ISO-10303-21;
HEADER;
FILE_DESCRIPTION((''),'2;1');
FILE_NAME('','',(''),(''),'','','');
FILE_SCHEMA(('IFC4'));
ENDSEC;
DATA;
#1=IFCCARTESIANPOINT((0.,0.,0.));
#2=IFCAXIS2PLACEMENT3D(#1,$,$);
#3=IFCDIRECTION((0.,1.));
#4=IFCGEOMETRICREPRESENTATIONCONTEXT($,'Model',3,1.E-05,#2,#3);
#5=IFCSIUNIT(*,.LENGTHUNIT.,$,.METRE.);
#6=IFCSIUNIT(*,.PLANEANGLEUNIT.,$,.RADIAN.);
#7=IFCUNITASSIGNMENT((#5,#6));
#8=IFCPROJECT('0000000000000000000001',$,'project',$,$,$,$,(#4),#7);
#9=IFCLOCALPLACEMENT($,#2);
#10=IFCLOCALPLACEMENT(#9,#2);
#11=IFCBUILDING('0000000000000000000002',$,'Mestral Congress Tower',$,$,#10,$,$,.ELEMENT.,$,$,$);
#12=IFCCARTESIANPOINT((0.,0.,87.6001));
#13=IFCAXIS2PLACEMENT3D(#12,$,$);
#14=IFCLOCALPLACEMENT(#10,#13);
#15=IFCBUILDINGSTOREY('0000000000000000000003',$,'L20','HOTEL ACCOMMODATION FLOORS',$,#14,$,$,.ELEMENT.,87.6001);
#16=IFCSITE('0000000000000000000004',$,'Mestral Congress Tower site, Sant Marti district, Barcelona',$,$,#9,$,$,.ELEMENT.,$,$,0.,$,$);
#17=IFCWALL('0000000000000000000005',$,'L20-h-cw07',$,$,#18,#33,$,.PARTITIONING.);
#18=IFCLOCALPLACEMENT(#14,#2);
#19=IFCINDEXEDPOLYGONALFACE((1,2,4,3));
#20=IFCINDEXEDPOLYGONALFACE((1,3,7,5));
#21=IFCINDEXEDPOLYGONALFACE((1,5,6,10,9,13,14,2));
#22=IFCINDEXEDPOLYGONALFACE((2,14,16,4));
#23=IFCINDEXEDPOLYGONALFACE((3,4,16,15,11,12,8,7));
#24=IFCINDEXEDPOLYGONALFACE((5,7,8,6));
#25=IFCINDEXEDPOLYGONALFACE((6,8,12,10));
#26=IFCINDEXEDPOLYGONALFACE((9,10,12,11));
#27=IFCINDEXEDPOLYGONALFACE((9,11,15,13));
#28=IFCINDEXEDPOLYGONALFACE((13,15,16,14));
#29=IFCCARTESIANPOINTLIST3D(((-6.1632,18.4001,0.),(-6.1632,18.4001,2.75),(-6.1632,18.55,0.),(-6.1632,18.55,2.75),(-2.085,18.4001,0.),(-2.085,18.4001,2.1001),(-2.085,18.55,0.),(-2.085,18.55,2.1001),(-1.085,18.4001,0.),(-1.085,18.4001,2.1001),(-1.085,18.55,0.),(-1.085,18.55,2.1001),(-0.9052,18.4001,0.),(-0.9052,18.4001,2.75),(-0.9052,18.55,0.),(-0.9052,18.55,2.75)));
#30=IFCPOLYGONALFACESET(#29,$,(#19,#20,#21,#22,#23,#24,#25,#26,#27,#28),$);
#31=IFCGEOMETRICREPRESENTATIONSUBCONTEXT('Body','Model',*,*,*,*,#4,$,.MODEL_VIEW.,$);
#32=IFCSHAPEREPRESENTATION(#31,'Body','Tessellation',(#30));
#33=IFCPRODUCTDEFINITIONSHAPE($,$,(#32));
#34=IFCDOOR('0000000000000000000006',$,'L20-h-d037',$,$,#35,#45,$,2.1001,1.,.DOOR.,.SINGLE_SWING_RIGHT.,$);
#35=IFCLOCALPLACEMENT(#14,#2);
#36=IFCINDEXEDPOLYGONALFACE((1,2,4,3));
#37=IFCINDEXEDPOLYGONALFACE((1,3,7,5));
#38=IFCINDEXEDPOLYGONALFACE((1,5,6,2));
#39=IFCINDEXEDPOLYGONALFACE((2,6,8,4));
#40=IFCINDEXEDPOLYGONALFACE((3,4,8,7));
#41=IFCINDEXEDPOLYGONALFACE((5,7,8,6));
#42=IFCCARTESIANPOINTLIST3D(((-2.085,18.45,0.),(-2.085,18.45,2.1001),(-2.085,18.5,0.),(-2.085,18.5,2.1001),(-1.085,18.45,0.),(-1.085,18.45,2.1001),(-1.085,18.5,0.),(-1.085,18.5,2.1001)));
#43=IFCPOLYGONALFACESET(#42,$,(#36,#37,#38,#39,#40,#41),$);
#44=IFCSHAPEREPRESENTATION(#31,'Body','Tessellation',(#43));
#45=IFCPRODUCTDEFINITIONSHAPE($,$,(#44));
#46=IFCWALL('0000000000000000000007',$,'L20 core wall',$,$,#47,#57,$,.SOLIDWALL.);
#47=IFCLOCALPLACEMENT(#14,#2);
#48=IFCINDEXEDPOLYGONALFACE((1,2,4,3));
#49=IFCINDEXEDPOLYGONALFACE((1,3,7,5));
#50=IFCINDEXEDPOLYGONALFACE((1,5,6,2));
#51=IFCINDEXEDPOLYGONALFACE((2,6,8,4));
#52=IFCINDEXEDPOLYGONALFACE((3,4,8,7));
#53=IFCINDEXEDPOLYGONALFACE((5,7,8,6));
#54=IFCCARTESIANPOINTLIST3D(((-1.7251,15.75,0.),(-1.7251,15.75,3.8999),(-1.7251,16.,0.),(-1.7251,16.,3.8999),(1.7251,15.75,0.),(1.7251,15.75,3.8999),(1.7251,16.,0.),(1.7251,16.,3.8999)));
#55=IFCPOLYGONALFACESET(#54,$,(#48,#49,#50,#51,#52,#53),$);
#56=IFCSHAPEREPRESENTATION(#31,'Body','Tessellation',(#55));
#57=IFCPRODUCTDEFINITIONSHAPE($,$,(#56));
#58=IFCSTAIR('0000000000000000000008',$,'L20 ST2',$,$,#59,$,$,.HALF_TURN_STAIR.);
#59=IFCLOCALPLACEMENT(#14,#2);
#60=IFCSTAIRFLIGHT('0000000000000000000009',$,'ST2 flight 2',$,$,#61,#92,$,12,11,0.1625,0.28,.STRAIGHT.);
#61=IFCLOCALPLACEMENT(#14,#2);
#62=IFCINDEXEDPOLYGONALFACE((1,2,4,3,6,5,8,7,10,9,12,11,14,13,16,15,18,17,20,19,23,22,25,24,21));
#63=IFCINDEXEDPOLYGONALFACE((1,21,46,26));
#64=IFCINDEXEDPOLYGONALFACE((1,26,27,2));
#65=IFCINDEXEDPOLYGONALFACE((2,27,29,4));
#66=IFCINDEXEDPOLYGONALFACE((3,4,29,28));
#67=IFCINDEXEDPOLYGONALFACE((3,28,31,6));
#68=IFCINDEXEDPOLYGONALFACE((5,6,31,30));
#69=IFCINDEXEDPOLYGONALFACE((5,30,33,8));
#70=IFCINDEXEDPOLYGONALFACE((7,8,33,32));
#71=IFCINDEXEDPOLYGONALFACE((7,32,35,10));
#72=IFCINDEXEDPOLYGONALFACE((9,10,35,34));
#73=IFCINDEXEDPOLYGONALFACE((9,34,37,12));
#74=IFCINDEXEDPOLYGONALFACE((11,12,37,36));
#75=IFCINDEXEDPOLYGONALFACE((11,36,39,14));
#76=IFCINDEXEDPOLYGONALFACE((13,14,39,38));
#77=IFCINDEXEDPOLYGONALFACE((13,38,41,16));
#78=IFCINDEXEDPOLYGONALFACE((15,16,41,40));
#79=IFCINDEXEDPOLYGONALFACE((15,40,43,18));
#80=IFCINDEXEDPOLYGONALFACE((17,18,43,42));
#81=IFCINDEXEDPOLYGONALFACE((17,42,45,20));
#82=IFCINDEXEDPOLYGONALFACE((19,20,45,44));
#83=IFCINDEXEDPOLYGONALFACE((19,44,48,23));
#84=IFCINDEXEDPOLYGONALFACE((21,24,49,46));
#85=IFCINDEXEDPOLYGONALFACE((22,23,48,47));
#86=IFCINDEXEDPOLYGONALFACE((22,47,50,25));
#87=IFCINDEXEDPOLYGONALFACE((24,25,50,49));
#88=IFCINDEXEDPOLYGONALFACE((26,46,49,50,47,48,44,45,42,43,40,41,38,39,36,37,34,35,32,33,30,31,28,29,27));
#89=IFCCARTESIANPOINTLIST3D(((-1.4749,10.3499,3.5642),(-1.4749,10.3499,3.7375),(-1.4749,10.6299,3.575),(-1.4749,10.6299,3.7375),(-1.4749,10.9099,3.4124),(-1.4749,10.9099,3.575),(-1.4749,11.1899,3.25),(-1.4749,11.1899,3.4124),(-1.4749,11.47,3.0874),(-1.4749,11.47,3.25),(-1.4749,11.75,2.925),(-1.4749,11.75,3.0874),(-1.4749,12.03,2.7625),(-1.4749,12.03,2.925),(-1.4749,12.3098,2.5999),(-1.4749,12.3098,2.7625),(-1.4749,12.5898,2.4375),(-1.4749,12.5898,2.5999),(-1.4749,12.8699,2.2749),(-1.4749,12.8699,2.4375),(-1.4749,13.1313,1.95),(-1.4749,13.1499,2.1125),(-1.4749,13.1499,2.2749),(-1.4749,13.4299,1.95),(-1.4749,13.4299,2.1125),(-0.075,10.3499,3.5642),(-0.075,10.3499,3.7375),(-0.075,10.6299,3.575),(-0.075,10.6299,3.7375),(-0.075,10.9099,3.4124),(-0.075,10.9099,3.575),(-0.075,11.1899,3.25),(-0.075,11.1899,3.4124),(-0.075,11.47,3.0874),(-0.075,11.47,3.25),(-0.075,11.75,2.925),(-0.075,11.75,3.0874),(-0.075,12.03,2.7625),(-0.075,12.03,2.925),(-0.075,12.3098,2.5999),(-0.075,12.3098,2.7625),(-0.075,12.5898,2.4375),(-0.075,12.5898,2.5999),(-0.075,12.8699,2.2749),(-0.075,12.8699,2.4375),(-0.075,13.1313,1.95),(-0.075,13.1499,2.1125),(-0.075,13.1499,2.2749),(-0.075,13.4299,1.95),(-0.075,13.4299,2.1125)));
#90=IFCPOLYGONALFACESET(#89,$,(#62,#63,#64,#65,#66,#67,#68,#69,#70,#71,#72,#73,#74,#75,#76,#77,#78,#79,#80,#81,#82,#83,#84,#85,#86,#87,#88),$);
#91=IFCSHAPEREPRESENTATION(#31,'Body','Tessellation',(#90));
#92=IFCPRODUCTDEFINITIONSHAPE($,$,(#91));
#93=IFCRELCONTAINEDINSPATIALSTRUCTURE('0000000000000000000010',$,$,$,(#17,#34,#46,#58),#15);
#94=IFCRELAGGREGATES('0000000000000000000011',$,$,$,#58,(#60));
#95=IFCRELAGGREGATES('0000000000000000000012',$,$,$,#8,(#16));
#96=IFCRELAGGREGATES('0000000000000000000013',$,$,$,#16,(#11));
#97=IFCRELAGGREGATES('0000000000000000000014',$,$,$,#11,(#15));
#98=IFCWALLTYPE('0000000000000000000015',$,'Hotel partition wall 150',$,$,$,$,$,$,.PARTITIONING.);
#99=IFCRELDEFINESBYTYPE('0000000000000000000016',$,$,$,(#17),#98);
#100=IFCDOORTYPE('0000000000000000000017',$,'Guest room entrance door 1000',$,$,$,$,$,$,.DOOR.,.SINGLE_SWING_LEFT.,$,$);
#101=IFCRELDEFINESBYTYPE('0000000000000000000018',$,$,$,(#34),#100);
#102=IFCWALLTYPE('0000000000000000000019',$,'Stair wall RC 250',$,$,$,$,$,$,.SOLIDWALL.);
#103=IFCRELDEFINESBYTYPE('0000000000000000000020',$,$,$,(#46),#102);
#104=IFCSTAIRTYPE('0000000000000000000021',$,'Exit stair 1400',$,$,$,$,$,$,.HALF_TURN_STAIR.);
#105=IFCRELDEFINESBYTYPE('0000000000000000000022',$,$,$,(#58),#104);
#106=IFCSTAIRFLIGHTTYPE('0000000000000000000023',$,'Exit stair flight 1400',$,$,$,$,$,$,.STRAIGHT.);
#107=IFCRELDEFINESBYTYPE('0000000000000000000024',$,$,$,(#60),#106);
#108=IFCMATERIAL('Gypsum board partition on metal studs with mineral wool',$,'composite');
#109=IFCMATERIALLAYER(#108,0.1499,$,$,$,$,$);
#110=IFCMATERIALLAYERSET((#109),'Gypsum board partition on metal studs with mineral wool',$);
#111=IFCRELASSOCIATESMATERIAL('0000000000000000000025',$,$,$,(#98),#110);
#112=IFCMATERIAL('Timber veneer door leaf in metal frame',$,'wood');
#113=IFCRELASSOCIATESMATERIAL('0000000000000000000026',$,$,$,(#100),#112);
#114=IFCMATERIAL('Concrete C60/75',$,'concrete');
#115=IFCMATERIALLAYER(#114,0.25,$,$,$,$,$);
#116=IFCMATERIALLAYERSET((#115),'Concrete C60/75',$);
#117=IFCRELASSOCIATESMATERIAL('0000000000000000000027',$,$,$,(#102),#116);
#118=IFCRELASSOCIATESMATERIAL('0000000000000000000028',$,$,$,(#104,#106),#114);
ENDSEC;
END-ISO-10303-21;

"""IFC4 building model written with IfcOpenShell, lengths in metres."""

from ifc_helpers import new_model, si_unit, direction, frame, frame_2d, origin, place, context, subcontext, project, spatial, polyline, rectangle, outline, extrude, material, layer, layer_set, type_object, element, fill, aggregate, save


model = new_model("IFC4")

# Units and contexts
model_context = context("Model", 3, precision=1e-05, world=origin(), true_north=direction((0.0, 1.0)))
body_context = subcontext(model_context, "Body", "Model", "MODEL_VIEW")
ifc_project = project(units=[si_unit("LENGTHUNIT", "METRE"), si_unit("PLANEANGLEUNIT", "RADIAN")], contexts=[model_context])

# Site, building, storey
site_placement = place(None, origin())
site = spatial("IfcSite", under=ifc_project, at=site_placement, Name="Mestral Congress Tower site, Sant Marti district, Barcelona", CompositionType="ELEMENT", RefElevation=0.0)
building_placement = place(site_placement, origin())
building = spatial("IfcBuilding", under=site, at=building_placement, Name="Mestral Congress Tower", CompositionType="ELEMENT")
storey_placement = place(building_placement, frame((0.0, 0.0, 87.6001)))
storey = spatial("IfcBuildingStorey", under=building, at=storey_placement, Name="L20", Description="HOTEL ACCOMMODATION FLOORS", CompositionType="ELEMENT", Elevation=87.6001)

# Shared definitions
ifc_material_1 = material(Name="Concrete C60/75", Category="concrete")

# Shared definitions
ifc_material_2 = material(Name="Gypsum board partition on metal studs with mineral wool", Category="composite")

# Wall, opening, door
ifc_layer_1 = layer(ifc_material_2, 0.1499)
ifc_layer_set_1 = layer_set([ifc_layer_1], Name="Gypsum board partition on metal studs with mineral wool")
wall_type_1 = type_object("IfcWallType", Name="Hotel partition wall 150", PredefinedType="PARTITIONING", material=ifc_layer_set_1)
ifc_material_3 = material(Name="Timber veneer door leaf in metal frame", Category="wood")
door_type_1 = type_object("IfcDoorType", Name="Guest room entrance door 1000", OperationType="SINGLE_SWING_LEFT", PredefinedType="DOOR", material=ifc_material_3)
wall_1_placement = place(storey_placement, frame((-6.1631, 18.4751, 0.0), z_axis=(0.0, 0.0, 1.0), x_axis=(1.0, 0.0, 0.0)))
wall_1 = element("IfcWall", 1, at=wall_1_placement, inside=storey, type_object=wall_type_1, Name="L20-h-cw07", PredefinedType="PARTITIONING", context=body_context, shape_type="SweptSolid", body=[
    extrude(rectangle(XDim=5.2581, YDim=0.1499, at=frame_2d((2.6289, 0.0))), origin(), (0.0, 0.0, 1.0), 2.75),
])
opening_1_placement = place(wall_1_placement, frame((4.0781, 0.0, 0.0)))
opening_1 = element("IfcOpeningElement", 2, at=opening_1_placement, cuts=wall_1, PredefinedType="OPENING", context=body_context, shape_type="SweptSolid", body=[
    extrude(rectangle(XDim=1.0, YDim=2.1001, at=frame_2d((0.5, 1.05))), frame((0.0, 0.085, 0.0), z_axis=(0.0, -1.0, 0.0), x_axis=(1.0, 0.0, 0.0)), (0.0, 0.0, 1.0), 0.1699),
])
door_1_placement = place(opening_1_placement, origin())
door_1 = element("IfcDoor", 3, at=door_1_placement, inside=storey, type_object=door_type_1, Name="L20-h-d037", OperationType="SINGLE_SWING_RIGHT", OverallHeight=2.1001, OverallWidth=1.0, PredefinedType="DOOR", context=body_context, shape_type="SweptSolid", body=[
    extrude(rectangle(XDim=1.0, YDim=2.1001, at=frame_2d((0.5, 1.05))), frame((0.0, 0.0249, 0.0), z_axis=(0.0, -1.0, 0.0), x_axis=(1.0, 0.0, 0.0)), (0.0, 0.0, 1.0), 0.05),
])
fill(opening_1, door_1)

# Wall
ifc_layer_2 = layer(ifc_material_1, 0.25)
ifc_layer_set_2 = layer_set([ifc_layer_2], Name="Concrete C60/75")
wall_type_2 = type_object("IfcWallType", Name="Stair wall RC 250", PredefinedType="SOLIDWALL", material=ifc_layer_set_2)
wall_2_placement = place(storey_placement, frame((-1.7251, 15.875, 0.0), z_axis=(0.0, 0.0, 1.0), x_axis=(1.0, 0.0, 0.0)))
element("IfcWall", 4, at=wall_2_placement, inside=storey, type_object=wall_type_2, Name="L20 core wall", PredefinedType="SOLIDWALL", context=body_context, shape_type="SweptSolid", body=[
    extrude(rectangle(XDim=3.4502, YDim=0.25, at=frame_2d((1.7251, 0.0))), origin(), (0.0, 0.0, 1.0), 3.8999),
])

# Stair, stair flight
stair_type = type_object("IfcStairType", Name="Exit stair 1400", PredefinedType="HALF_TURN_STAIR", material=ifc_material_1)
stair_placement = place(storey_placement, origin())
stair = element("IfcStair", 5, at=stair_placement, inside=storey, type_object=stair_type, Name="L20 ST2", PredefinedType="HALF_TURN_STAIR")
stair_flight_type = type_object("IfcStairFlightType", Name="Exit stair flight 1400", PredefinedType="STRAIGHT", material=ifc_material_1)
stair_flight_placement = place(storey_placement, frame((-0.7749, 13.4299, 1.95), z_axis=(0.0, 0.0, 1.0), x_axis=(0.0, -1.0, 0.0)))
stair_flight = element("IfcStairFlight", 6, at=stair_flight_placement, type_object=stair_flight_type, Name="ST2 flight 2", NumberOfRisers=12, NumberOfTreads=11, PredefinedType="STRAIGHT", RiserHeight=0.1625, TreadLength=0.28, context=body_context, shape_type="SweptSolid", body=[
    extrude(outline(polyline([(0.0, 0.0), (0.0, 0.1626), (0.28, 0.1626), (0.28, 0.325), (0.5601, 0.325), (0.5601, 0.4875), (0.8401, 0.4875), (0.8401, 0.6499), (1.1201, 0.6499), (1.1201, 0.8125), (1.3999, 0.8125), (1.3999, 0.9751), (1.6799, 0.9751), (1.6799, 1.1375), (1.96, 1.1375), (1.96, 1.3), (2.24, 1.3), (2.24, 1.4624), (2.52, 1.4624), (2.52, 1.625), (2.8, 1.625), (2.8, 1.7876), (3.0801, 1.7876), (3.0801, 1.95), (3.0801, 1.6143), (0.2986, 0.0), (0.0, 0.0)])), frame((0.0, 0.7, 0.0), z_axis=(0.0, -1.0, 0.0), x_axis=(1.0, 0.0, 0.0)), (0.0, 0.0, 1.0), 1.3999),
])
aggregate(stair, [stair_flight])

save(model, "model.ifc")
